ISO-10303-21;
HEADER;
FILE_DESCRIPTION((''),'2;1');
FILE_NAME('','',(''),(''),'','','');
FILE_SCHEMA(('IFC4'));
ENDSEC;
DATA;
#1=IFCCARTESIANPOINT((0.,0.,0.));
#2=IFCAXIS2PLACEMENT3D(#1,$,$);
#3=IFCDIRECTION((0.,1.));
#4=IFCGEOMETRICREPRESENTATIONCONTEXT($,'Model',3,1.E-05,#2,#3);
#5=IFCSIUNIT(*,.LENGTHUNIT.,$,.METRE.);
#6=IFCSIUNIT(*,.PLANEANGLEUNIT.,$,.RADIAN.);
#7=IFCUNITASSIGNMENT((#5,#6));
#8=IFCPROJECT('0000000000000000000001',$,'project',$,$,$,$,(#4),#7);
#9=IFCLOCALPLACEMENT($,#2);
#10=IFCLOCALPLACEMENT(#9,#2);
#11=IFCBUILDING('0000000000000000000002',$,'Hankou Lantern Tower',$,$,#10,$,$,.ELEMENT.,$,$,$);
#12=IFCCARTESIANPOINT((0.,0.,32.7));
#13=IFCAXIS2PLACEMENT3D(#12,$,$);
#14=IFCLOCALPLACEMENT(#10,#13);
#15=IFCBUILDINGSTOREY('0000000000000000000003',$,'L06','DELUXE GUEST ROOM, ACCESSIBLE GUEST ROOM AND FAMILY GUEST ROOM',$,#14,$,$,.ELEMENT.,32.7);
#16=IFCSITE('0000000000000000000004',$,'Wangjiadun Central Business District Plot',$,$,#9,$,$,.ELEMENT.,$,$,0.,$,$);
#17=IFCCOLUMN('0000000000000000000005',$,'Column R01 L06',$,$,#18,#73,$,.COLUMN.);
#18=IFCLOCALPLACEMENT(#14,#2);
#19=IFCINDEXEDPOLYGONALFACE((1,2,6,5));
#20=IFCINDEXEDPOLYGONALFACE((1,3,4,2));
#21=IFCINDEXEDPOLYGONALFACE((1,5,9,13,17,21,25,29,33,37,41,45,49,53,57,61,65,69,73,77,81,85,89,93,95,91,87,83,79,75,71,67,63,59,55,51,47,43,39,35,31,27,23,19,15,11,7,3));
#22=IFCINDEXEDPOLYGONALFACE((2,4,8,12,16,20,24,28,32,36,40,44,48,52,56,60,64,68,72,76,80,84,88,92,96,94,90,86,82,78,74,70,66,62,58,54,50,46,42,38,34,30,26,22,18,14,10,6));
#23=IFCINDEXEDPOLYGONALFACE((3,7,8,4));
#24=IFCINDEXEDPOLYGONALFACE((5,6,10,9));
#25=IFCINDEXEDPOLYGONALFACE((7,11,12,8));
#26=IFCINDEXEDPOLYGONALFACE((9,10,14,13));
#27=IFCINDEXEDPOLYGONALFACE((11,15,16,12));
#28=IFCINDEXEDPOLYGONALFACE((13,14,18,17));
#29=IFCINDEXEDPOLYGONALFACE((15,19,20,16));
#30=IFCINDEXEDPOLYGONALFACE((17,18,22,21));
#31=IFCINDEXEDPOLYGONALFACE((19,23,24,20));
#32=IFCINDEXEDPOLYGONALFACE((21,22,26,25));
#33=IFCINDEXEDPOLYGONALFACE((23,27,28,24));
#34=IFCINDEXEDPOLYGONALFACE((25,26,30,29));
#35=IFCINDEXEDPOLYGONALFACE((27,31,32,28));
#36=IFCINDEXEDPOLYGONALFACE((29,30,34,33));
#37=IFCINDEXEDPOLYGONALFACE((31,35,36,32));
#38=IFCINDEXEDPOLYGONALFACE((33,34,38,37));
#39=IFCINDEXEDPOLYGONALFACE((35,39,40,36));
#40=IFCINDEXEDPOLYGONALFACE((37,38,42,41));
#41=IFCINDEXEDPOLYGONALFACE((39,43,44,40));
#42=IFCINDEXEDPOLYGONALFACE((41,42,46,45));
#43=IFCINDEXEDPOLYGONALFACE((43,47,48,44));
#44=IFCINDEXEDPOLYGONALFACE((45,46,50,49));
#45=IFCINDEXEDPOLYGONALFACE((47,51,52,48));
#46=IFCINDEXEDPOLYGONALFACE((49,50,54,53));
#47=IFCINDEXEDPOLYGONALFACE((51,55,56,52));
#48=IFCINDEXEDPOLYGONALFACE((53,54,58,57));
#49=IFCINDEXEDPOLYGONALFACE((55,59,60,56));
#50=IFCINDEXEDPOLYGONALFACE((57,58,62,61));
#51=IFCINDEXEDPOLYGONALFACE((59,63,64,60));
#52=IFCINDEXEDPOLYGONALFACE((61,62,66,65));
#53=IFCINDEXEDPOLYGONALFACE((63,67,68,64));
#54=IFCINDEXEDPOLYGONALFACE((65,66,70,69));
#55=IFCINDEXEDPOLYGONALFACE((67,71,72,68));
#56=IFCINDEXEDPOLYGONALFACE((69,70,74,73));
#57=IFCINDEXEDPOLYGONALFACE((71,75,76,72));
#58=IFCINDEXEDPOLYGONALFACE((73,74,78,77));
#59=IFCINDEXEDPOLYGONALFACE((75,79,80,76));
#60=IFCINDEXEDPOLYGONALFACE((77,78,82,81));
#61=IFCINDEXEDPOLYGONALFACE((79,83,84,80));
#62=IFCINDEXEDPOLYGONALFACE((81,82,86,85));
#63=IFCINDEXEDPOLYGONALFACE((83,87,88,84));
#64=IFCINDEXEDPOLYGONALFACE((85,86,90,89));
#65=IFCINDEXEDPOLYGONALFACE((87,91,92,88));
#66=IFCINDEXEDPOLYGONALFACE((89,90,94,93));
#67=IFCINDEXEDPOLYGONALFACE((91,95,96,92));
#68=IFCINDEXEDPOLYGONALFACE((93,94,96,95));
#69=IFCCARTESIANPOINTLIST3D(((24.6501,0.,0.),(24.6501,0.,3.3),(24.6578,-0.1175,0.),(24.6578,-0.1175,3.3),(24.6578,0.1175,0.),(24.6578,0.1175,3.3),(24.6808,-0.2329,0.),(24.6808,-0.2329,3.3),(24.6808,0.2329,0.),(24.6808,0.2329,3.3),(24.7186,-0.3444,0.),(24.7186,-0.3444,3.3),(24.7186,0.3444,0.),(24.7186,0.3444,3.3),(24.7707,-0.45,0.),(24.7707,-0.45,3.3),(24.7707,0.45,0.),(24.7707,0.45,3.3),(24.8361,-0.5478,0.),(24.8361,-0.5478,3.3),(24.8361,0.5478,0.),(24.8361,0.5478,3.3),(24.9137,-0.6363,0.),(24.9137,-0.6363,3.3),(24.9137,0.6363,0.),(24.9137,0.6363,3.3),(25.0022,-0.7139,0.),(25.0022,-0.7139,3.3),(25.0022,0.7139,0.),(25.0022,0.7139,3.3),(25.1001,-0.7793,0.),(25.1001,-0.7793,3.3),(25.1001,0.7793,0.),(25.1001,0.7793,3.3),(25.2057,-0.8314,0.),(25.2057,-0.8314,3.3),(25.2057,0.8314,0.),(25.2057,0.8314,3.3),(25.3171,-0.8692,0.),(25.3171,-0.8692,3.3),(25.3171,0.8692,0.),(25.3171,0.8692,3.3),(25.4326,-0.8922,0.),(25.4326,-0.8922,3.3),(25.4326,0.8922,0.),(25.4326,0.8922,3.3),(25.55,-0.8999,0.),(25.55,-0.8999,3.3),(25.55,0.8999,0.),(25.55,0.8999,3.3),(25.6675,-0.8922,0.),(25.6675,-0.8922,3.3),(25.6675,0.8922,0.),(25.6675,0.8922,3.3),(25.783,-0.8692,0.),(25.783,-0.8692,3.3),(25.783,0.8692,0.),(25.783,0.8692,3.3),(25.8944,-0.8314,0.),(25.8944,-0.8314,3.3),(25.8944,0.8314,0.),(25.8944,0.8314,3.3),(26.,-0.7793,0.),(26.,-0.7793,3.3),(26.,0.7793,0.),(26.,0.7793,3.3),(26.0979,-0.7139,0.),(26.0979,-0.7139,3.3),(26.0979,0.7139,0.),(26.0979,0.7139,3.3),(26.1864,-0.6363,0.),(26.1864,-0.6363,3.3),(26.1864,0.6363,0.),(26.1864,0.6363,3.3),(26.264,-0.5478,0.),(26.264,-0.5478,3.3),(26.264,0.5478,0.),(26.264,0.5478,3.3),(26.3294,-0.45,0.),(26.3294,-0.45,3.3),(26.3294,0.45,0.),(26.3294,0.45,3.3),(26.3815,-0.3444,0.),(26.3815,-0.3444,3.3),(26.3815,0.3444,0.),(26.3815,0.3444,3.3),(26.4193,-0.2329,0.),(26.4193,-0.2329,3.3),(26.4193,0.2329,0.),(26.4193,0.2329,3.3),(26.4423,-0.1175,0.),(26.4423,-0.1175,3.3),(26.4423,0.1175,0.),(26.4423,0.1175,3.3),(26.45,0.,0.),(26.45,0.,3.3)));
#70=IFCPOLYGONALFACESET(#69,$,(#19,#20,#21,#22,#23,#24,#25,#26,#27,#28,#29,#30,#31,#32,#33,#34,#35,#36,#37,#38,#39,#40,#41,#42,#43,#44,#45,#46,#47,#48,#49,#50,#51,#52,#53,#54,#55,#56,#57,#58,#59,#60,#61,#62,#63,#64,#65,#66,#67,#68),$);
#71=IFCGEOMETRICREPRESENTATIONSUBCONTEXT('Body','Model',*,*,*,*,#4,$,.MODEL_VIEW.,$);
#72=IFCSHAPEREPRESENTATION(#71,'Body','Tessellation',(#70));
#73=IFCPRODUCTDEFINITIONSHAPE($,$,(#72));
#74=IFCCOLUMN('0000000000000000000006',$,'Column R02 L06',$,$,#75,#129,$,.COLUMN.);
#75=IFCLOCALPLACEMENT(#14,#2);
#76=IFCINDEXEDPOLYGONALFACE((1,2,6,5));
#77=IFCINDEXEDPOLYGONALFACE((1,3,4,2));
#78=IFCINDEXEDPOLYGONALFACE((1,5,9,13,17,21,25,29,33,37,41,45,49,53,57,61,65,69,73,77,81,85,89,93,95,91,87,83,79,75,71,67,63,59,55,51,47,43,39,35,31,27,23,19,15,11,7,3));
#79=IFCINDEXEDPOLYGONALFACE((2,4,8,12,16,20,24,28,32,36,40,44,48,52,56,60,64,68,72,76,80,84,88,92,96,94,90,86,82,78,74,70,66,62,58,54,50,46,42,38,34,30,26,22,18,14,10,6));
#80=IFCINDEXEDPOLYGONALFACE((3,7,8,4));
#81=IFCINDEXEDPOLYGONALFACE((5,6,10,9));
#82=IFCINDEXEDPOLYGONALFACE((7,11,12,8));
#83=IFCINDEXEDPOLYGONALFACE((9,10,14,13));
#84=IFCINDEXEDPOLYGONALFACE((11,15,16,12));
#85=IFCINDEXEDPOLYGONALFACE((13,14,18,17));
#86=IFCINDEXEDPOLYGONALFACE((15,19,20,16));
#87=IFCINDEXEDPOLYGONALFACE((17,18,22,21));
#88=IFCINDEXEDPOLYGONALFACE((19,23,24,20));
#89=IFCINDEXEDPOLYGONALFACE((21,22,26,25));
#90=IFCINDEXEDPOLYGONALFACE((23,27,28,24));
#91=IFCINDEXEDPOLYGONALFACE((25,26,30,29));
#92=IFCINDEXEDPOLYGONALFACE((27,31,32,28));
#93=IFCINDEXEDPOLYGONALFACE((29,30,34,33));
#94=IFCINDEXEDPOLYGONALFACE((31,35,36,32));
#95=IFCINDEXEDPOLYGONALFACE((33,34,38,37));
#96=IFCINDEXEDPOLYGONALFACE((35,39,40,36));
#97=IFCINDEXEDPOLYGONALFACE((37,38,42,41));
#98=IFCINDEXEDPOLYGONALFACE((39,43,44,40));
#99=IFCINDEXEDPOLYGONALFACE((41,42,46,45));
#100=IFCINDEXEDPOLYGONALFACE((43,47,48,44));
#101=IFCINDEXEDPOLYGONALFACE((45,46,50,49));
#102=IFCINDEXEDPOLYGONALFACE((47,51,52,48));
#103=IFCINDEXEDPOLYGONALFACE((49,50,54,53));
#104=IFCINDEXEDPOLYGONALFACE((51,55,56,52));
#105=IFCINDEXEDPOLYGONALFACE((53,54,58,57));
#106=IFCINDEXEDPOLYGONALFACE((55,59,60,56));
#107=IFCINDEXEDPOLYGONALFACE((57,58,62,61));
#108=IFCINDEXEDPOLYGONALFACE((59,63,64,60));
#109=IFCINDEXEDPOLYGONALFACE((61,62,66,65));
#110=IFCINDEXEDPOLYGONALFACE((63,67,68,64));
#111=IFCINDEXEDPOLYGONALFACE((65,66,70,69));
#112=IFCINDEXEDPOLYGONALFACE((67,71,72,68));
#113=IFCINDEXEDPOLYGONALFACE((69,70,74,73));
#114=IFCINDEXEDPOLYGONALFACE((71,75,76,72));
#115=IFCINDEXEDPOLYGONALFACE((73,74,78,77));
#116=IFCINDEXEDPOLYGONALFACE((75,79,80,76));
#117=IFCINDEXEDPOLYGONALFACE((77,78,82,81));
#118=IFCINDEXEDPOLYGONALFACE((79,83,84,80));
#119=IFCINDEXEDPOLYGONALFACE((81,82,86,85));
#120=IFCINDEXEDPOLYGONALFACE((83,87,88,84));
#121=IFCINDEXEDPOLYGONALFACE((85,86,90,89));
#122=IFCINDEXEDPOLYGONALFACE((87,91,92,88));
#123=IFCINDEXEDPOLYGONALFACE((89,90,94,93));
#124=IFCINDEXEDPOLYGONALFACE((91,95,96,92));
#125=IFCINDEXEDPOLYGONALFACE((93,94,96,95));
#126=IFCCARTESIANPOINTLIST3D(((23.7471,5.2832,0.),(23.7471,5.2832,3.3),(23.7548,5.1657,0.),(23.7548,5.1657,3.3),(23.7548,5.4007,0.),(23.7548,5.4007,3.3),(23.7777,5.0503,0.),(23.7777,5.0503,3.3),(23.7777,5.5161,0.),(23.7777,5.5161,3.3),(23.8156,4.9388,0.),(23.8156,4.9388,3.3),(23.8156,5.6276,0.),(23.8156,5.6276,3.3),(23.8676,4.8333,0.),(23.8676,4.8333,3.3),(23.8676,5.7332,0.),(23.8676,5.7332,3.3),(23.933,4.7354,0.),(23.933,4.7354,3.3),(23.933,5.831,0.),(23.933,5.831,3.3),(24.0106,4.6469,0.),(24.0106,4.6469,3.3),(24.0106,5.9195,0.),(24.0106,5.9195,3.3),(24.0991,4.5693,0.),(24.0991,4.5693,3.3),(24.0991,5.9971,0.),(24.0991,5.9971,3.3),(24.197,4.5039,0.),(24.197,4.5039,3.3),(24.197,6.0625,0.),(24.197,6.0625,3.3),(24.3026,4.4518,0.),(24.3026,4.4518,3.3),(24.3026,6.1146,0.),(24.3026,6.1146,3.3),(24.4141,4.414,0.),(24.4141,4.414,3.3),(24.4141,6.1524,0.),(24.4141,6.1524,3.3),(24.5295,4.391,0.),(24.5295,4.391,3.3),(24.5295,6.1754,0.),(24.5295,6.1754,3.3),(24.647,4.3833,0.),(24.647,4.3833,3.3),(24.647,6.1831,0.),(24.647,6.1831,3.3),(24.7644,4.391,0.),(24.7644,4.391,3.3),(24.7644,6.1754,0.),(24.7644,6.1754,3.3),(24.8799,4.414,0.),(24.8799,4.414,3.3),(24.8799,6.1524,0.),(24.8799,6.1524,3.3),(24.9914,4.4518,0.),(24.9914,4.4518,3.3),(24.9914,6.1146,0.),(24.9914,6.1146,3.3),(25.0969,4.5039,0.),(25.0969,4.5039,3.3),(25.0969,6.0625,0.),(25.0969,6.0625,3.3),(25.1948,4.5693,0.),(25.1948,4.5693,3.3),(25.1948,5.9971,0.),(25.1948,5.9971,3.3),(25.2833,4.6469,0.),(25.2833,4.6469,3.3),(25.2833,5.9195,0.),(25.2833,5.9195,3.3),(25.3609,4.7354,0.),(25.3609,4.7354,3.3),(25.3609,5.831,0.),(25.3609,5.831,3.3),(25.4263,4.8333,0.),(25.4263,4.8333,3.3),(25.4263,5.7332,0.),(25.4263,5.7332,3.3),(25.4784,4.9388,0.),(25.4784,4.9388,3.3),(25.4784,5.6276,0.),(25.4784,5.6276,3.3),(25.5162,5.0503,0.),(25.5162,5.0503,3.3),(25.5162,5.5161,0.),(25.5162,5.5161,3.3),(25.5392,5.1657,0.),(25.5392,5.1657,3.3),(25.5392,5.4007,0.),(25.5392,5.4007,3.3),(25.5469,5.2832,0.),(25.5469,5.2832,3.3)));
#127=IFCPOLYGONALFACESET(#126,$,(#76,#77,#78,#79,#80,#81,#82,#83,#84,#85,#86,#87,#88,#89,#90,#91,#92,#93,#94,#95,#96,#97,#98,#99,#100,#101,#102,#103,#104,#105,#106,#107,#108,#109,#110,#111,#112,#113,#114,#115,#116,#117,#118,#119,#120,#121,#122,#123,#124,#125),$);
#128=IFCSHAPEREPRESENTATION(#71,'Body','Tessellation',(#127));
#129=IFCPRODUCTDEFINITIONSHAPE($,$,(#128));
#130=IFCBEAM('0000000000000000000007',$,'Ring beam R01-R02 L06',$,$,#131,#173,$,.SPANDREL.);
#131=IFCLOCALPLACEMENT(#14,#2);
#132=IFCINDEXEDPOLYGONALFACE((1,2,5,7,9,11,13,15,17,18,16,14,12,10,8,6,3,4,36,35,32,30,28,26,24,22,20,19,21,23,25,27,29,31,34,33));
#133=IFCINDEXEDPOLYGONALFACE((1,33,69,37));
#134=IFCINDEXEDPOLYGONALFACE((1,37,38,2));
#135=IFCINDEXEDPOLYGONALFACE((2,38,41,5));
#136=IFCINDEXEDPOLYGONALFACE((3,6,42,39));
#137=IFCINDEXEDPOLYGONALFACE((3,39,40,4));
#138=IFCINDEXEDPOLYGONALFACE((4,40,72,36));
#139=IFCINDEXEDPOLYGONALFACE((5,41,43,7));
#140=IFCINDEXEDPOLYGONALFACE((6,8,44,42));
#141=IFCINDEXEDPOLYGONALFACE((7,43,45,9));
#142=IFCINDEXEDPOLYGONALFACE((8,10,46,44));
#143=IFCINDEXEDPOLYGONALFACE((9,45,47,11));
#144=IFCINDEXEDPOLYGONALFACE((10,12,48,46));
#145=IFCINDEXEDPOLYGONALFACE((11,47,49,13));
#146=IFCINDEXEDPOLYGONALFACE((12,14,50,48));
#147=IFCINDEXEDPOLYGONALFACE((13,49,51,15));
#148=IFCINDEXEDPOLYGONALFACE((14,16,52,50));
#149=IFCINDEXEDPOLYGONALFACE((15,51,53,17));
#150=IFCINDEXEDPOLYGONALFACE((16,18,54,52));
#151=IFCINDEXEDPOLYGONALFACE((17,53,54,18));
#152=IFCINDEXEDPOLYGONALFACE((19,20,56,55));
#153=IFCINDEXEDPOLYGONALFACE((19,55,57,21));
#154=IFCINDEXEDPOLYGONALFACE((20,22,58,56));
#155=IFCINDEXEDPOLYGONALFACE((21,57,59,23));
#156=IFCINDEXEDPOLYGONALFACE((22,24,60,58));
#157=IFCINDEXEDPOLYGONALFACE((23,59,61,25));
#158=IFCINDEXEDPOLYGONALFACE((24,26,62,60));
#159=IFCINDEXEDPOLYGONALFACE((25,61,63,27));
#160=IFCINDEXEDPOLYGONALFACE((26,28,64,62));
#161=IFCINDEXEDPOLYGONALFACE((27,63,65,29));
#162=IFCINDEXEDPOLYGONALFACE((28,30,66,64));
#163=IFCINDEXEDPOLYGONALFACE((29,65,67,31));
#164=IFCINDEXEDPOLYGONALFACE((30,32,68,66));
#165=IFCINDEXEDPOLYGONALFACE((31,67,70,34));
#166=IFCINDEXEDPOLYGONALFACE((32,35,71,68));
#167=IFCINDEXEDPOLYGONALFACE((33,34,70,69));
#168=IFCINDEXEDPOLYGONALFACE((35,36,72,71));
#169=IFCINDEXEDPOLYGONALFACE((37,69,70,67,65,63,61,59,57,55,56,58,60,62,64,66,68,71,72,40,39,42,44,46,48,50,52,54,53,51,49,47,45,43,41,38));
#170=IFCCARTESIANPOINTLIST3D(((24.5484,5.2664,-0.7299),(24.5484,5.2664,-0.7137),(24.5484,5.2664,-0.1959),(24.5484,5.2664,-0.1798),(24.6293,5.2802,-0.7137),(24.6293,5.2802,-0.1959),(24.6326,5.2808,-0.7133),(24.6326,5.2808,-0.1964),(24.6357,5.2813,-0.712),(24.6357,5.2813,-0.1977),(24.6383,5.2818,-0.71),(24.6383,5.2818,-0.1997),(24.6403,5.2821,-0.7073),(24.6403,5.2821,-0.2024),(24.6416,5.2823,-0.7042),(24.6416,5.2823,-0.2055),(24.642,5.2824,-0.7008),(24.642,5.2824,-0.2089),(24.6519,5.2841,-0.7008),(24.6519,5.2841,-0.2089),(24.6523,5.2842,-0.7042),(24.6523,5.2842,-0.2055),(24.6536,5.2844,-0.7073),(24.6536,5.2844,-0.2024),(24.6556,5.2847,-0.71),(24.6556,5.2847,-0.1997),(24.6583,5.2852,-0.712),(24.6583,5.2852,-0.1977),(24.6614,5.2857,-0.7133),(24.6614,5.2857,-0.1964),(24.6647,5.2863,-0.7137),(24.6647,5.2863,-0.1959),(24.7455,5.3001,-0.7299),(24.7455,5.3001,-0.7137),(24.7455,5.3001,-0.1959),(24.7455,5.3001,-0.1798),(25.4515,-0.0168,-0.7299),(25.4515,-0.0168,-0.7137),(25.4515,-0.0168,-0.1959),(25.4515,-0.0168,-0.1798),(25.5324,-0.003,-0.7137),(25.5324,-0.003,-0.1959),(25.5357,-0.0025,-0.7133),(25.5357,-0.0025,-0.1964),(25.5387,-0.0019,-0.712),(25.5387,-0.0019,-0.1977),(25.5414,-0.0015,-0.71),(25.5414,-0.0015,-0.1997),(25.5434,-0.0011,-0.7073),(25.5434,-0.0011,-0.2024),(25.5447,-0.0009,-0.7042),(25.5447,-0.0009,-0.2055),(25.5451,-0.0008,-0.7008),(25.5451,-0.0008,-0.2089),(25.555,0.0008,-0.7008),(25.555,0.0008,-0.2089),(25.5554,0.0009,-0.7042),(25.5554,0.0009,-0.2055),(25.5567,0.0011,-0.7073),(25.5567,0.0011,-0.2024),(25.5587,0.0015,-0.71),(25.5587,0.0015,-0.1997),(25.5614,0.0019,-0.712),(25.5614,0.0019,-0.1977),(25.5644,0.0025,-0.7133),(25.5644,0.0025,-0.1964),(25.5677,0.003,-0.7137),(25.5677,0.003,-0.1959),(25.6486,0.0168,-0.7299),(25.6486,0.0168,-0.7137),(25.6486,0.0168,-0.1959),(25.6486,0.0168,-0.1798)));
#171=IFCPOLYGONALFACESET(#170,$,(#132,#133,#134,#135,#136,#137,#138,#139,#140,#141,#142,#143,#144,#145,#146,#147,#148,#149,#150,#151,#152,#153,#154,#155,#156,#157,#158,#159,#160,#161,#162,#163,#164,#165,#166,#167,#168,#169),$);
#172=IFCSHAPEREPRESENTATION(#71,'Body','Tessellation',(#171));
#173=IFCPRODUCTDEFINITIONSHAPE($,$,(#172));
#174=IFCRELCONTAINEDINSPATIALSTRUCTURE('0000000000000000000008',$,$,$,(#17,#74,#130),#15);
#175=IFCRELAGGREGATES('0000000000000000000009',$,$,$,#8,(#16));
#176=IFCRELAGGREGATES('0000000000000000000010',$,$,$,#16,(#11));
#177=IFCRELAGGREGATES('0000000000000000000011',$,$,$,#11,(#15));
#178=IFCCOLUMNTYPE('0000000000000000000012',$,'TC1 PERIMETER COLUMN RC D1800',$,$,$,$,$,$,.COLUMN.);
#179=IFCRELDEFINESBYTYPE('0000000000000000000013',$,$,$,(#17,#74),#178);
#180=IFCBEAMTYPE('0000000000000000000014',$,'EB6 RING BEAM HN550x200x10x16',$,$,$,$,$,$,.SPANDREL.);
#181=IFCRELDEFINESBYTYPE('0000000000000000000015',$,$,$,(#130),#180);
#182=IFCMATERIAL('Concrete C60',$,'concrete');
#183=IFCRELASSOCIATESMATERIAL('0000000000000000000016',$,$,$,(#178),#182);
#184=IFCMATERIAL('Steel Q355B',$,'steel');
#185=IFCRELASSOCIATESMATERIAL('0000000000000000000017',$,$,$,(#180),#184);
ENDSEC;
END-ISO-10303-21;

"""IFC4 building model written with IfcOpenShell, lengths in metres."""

from ifc_helpers import new_model, si_unit, direction, frame, origin, origin_2d, place, context, subcontext, project, spatial, circle, i_section, extrude, material, material_profile, profile_set, type_object, element, save


model = new_model("IFC4")

# Units and contexts
model_context = context("Model", 3, precision=1e-05, world=origin(), true_north=direction((0.0, 1.0)))
body_context = subcontext(model_context, "Body", "Model", "MODEL_VIEW")
ifc_project = project(units=[si_unit("LENGTHUNIT", "METRE"), si_unit("PLANEANGLEUNIT", "RADIAN")], contexts=[model_context])

# Site, building, storey
site_placement = place(None, origin())
site = spatial("IfcSite", under=ifc_project, at=site_placement, Name="Wangjiadun Central Business District Plot", CompositionType="ELEMENT", RefElevation=0.0)
building_placement = place(site_placement, origin())
building = spatial("IfcBuilding", under=site, at=building_placement, Name="Hankou Lantern Tower", CompositionType="ELEMENT")
storey_placement = place(building_placement, frame((0.0, 0.0, 32.7)))
storey = spatial("IfcBuildingStorey", under=building, at=storey_placement, Name="L06", Description="DELUXE GUEST ROOM, ACCESSIBLE GUEST ROOM AND FAMILY GUEST ROOM", CompositionType="ELEMENT", Elevation=32.7)

# Columns
ifc_material_1 = material(Name="Concrete C60", Category="concrete")
ifc_material_profile_1 = material_profile(ifc_material_1, circle(Radius=0.8999, at=origin_2d()), Name="RC D1800")
ifc_profile_set_1 = profile_set([ifc_material_profile_1], Name="Concrete C60")
column_type = type_object("IfcColumnType", Name="TC1 PERIMETER COLUMN RC D1800", PredefinedType="COLUMN", material=ifc_profile_set_1)
for number, where, z_axis, x_axis, name in (
    (1, (25.55, 0.0, 0.0), (0.0, 0.0, 1.0), (1.0, 0.0, 0.0), "Column R01 L06"),
    (2, (24.647, 5.2832, 0.0), (0.0, 0.0, 1.0), (1.0, 0.0, 0.0), "Column R02 L06"),
):
    element("IfcColumn", number, at=place(storey_placement, frame(where, z_axis=z_axis, x_axis=x_axis)), inside=storey, type_object=column_type, Name=name, PredefinedType="COLUMN", context=body_context, shape_type="SweptSolid", body=[
        extrude(circle(Radius=0.8999, at=origin_2d()), origin(), (0.0, 0.0, 1.0), 3.3),
    ])

# Beam
ifc_material_2 = material(Name="Steel Q355B", Category="steel")
ifc_material_profile_2 = material_profile(ifc_material_2, i_section(OverallWidth=0.2, OverallDepth=0.55, WebThickness=0.01, FlangeThickness=0.0161, FilletRadius=0.0129, at=origin_2d()), Name="HN550x200x10x16")
ifc_profile_set_2 = profile_set([ifc_material_profile_2], Name="Steel Q355B")
beam_type = type_object("IfcBeamType", Name="EB6 RING BEAM HN550x200x10x16", PredefinedType="SPANDREL", material=ifc_profile_set_2)
beam_1_placement = place(storey_placement, frame((25.55, 0.0, -0.4548), z_axis=(-0.16849, 0.985703, 0.0), x_axis=(-0.985703, -0.16849, 0.0)))
element("IfcBeam", 3, at=beam_1_placement, inside=storey, type_object=beam_type, Name="Ring beam R01-R02 L06", PredefinedType="SPANDREL", context=body_context, shape_type="SweptSolid", body=[
    extrude(i_section(OverallWidth=0.2, OverallDepth=0.55, WebThickness=0.01, FlangeThickness=0.0161, FilletRadius=0.0129, at=origin_2d()), origin(), (0.0, 0.0, 1.0), 5.3599),
])

save(model, "model.ifc")
